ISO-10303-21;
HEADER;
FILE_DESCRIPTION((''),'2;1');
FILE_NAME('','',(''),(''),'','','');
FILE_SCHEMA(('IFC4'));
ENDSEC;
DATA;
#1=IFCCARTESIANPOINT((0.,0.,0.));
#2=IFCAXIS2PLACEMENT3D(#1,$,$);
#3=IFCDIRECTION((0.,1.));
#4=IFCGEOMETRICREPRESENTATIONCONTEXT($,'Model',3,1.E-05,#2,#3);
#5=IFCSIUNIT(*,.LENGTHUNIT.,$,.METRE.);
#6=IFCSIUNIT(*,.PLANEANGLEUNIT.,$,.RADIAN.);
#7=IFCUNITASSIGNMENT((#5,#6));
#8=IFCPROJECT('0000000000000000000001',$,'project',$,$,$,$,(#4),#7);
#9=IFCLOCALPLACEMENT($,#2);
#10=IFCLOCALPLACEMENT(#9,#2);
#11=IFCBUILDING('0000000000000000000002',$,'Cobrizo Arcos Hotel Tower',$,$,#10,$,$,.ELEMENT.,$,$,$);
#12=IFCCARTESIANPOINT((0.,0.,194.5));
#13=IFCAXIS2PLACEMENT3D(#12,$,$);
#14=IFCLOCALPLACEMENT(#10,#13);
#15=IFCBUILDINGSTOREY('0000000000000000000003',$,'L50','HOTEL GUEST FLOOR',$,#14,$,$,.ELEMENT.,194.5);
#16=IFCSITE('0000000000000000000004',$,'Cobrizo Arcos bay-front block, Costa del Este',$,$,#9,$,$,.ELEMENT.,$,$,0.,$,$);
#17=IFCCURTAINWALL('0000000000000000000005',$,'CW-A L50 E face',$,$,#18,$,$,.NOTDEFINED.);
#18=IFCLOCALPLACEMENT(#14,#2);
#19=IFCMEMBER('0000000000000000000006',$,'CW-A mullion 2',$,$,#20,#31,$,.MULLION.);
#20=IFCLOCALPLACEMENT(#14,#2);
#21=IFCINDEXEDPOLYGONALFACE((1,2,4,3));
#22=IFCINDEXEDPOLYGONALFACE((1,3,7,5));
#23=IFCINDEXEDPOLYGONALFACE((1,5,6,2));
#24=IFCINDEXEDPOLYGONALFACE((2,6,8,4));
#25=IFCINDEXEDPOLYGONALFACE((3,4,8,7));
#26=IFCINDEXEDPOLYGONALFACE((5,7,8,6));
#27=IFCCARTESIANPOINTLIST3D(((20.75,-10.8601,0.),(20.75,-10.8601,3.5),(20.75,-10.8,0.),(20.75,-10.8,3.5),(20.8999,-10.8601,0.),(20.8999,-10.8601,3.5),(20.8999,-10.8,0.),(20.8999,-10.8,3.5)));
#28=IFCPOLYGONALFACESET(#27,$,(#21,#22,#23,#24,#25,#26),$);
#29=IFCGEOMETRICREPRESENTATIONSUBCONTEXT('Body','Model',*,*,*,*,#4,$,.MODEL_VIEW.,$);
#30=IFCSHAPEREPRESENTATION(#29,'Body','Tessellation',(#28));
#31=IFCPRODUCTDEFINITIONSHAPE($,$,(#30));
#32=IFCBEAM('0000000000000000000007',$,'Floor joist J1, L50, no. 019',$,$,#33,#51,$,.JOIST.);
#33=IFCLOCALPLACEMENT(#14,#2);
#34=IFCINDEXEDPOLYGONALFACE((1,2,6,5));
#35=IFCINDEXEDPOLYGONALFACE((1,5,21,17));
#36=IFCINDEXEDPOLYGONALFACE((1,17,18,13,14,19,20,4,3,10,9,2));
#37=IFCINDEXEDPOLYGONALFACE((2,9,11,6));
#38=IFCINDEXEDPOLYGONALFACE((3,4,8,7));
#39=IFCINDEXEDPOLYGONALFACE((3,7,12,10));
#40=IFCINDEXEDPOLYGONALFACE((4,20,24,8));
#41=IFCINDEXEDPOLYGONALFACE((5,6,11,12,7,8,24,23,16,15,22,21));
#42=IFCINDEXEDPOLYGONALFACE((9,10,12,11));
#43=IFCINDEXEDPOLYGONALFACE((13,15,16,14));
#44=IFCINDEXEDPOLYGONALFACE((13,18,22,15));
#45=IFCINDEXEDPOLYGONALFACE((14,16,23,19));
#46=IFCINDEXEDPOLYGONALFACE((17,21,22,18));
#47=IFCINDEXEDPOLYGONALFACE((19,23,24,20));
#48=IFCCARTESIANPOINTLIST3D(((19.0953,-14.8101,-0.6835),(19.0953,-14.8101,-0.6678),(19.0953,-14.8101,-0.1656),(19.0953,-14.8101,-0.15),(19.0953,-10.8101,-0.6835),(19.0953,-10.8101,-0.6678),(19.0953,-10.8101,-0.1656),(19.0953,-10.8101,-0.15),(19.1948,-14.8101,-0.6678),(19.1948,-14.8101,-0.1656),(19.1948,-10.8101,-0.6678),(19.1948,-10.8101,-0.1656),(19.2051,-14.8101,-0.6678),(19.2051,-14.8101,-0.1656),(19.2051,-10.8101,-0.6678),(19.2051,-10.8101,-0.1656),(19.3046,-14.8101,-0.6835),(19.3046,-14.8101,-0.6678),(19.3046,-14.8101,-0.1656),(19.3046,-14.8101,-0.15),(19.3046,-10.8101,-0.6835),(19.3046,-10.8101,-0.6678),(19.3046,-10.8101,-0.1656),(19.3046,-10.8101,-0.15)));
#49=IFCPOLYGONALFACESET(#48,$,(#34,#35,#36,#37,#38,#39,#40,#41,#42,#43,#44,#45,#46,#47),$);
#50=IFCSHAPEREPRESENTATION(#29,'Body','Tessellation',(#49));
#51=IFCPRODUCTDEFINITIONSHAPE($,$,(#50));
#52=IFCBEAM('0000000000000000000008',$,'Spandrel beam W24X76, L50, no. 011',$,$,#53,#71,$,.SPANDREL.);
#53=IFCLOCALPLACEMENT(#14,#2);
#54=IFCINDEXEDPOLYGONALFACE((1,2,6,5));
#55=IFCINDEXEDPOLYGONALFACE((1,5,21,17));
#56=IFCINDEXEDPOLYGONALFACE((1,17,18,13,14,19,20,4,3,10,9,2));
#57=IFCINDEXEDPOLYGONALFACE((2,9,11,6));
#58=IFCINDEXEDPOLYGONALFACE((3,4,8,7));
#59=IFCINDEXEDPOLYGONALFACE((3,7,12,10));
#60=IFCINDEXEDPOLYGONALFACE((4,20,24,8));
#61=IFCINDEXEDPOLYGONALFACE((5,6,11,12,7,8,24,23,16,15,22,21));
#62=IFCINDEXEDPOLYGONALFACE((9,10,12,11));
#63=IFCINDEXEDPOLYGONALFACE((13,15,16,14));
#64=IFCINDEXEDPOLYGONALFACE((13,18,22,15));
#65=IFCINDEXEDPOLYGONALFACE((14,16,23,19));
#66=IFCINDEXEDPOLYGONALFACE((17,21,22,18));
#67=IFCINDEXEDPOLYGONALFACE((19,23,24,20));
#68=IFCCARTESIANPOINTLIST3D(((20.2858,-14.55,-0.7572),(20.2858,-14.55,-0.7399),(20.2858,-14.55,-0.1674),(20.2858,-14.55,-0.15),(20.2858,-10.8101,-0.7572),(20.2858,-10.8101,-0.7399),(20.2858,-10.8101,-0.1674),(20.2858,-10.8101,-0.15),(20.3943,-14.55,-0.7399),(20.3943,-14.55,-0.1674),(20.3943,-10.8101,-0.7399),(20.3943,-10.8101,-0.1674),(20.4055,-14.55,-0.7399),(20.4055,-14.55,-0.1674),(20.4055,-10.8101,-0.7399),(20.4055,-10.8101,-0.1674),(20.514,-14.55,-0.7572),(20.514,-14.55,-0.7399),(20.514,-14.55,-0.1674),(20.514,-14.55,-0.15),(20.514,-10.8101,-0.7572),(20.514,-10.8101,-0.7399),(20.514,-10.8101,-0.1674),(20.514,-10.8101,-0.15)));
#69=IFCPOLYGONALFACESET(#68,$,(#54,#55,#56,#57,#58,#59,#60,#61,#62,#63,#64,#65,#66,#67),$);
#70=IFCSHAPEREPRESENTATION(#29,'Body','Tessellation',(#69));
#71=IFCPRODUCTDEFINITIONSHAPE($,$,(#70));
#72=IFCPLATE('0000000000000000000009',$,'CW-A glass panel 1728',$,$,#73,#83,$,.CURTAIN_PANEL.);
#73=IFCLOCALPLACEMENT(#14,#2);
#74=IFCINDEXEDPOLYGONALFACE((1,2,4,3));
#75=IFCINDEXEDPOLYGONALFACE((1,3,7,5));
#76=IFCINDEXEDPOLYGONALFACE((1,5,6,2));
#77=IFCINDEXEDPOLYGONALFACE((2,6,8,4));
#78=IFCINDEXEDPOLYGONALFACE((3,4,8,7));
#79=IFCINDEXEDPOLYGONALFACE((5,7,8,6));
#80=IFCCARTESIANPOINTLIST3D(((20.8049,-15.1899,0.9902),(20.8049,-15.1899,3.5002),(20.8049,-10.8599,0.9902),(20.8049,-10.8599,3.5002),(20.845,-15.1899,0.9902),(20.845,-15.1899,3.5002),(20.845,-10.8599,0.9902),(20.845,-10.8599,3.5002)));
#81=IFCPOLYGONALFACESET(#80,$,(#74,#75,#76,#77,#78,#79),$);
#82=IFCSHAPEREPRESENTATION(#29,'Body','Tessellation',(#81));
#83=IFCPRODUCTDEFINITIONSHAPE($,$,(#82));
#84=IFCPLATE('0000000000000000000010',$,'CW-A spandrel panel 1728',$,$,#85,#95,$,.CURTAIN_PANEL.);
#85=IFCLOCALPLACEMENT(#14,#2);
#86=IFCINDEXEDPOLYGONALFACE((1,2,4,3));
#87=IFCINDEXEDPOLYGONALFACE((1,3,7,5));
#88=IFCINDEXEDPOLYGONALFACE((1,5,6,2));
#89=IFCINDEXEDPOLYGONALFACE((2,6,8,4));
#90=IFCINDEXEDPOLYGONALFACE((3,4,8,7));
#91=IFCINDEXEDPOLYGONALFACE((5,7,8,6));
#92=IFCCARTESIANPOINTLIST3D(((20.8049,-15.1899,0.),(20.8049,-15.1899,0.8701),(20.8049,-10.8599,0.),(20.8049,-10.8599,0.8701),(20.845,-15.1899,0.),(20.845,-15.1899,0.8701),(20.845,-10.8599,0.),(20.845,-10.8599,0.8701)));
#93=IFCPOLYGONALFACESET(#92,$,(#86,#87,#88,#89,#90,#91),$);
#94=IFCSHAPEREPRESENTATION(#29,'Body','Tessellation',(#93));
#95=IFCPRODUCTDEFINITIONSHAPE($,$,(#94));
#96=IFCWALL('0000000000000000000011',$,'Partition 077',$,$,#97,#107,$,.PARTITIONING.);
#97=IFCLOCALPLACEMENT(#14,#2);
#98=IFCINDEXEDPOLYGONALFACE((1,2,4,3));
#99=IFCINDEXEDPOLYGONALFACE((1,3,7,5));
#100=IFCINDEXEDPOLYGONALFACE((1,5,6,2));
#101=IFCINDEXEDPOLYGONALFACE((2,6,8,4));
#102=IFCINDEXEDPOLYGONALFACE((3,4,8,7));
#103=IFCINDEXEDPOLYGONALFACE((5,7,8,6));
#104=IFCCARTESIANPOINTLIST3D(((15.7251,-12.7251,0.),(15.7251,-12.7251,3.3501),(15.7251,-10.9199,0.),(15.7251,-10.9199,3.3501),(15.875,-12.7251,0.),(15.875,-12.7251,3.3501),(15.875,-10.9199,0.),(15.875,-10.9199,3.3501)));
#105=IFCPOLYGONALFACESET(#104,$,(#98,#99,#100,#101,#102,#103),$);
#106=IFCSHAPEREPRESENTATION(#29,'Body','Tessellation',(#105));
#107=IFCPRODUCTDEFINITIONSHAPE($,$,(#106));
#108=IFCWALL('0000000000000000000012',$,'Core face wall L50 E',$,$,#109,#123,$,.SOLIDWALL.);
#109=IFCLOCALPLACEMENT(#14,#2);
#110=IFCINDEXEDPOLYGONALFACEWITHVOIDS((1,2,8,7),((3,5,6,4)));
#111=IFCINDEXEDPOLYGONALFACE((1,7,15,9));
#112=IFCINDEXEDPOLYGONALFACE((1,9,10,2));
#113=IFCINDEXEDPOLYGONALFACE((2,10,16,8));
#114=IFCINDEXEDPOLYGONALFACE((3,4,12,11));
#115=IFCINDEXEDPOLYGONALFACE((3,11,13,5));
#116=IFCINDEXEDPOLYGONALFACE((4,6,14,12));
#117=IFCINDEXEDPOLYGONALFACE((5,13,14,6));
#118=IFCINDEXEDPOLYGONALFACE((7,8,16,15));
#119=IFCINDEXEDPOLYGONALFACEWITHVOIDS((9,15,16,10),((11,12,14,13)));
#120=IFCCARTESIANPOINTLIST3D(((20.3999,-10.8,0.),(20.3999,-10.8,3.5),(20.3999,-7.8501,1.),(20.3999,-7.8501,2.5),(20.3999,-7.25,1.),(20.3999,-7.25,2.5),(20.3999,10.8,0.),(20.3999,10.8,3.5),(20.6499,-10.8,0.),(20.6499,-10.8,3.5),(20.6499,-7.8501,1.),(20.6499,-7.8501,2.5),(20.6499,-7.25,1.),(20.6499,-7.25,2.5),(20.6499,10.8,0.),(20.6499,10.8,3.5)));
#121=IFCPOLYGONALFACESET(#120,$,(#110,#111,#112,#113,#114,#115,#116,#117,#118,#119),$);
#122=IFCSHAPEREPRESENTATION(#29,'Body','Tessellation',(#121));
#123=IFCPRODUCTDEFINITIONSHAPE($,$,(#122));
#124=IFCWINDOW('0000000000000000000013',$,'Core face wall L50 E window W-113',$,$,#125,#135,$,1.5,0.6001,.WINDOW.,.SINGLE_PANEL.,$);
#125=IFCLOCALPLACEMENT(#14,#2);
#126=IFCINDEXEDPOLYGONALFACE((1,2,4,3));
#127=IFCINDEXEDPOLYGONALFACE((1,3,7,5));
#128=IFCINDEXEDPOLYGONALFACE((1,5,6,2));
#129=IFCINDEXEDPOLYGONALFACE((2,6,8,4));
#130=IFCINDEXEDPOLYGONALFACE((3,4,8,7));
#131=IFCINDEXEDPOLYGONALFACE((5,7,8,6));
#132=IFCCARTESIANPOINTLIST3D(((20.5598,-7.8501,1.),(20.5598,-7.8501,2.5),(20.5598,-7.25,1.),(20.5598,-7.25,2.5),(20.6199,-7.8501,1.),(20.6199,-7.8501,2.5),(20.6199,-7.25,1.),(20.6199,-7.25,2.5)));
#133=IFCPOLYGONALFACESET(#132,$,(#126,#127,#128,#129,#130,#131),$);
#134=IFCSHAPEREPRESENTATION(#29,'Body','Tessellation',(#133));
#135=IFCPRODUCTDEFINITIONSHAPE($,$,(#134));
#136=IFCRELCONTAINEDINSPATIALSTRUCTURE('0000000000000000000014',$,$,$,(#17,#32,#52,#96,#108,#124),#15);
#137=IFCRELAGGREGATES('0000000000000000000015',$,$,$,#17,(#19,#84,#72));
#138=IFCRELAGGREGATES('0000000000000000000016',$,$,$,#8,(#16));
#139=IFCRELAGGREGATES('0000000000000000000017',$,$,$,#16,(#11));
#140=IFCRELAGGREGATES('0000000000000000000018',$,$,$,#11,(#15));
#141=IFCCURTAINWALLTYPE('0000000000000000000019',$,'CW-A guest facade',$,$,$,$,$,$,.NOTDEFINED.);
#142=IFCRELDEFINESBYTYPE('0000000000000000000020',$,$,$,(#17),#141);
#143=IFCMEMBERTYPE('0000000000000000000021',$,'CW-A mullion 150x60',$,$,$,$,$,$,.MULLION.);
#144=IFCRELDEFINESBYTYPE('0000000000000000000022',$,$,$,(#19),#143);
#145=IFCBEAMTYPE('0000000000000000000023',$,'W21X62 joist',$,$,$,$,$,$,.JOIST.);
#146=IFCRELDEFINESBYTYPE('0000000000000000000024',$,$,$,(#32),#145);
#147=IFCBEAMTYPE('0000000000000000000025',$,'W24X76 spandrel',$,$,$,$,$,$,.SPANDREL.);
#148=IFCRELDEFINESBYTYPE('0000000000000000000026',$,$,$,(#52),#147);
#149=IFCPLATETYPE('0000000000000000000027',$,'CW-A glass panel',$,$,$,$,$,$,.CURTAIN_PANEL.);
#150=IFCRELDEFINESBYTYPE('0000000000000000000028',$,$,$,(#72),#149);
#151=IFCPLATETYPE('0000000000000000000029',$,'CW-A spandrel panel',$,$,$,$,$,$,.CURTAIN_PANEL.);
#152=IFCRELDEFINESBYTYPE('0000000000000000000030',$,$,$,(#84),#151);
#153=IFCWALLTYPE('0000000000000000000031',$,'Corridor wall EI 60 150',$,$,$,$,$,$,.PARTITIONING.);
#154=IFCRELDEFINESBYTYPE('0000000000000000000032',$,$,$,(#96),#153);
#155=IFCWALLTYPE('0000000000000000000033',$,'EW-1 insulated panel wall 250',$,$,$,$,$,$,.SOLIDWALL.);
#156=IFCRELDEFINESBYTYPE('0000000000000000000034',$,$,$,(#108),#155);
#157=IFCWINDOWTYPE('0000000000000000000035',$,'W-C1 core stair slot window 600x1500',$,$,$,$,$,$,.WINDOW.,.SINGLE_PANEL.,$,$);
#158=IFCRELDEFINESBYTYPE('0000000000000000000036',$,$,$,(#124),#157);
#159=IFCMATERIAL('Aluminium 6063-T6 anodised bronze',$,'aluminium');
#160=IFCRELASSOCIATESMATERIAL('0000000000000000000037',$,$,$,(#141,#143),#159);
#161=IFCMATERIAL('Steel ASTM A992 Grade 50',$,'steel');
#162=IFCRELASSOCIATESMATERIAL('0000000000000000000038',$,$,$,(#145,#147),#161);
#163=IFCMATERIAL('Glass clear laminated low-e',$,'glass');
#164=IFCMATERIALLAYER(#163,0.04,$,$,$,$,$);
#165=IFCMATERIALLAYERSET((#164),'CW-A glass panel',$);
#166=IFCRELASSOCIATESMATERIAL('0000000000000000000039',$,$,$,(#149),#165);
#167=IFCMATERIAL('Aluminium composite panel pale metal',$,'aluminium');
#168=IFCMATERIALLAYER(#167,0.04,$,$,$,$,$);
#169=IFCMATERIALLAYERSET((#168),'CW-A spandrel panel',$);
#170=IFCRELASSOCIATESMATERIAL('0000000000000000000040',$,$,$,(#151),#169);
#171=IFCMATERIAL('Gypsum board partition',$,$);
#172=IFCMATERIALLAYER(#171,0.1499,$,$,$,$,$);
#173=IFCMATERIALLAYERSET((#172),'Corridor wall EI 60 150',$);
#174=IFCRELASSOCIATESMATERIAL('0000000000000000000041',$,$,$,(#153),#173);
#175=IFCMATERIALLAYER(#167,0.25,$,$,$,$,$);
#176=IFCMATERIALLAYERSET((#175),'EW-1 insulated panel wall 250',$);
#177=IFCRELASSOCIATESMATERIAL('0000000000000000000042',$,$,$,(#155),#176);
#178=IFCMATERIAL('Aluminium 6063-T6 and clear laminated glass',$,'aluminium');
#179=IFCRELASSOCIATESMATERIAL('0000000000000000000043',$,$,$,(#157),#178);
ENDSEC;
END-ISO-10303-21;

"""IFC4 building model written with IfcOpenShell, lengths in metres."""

from ifc_helpers import new_model, si_unit, direction, frame, frame_2d, origin, origin_2d, place, context, subcontext, project, spatial, rectangle, i_section, extrude, material, layer, layer_set, material_profile, profile_set, type_object, element, fill, aggregate, save


model = new_model("IFC4")

# Units and contexts
model_context = context("Model", 3, precision=1e-05, world=origin(), true_north=direction((0.0, 1.0)))
body_context = subcontext(model_context, "Body", "Model", "MODEL_VIEW")
ifc_project = project(units=[si_unit("LENGTHUNIT", "METRE"), si_unit("PLANEANGLEUNIT", "RADIAN")], contexts=[model_context])

# Site, building, storey
site_placement = place(None, origin())
site = spatial("IfcSite", under=ifc_project, at=site_placement, Name="Cobrizo Arcos bay-front block, Costa del Este", CompositionType="ELEMENT", RefElevation=0.0)
building_placement = place(site_placement, origin())
building = spatial("IfcBuilding", under=site, at=building_placement, Name="Cobrizo Arcos Hotel Tower", CompositionType="ELEMENT")
storey_placement = place(building_placement, frame((0.0, 0.0, 194.5)))
storey = spatial("IfcBuildingStorey", under=building, at=storey_placement, Name="L50", Description="HOTEL GUEST FLOOR", CompositionType="ELEMENT", Elevation=194.5)

# Curtain wall, member
ifc_material_1 = material(Name="Aluminium 6063-T6 anodised bronze", Category="aluminium")
curtain_wall_type = type_object("IfcCurtainWallType", Name="CW-A guest facade", PredefinedType="NOTDEFINED", material=ifc_material_1)
curtain_wall_placement = place(storey_placement, origin())
curtain_wall = element("IfcCurtainWall", 1, at=curtain_wall_placement, inside=storey, type_object=curtain_wall_type, Name="CW-A L50 E face", PredefinedType="NOTDEFINED")
ifc_material_profile_1 = material_profile(ifc_material_1, rectangle(XDim=0.1499, YDim=0.0601, at=origin_2d()), Name="CW-A mullion 150x60")
ifc_profile_set_1 = profile_set([ifc_material_profile_1], Name="Aluminium 6063-T6 anodised bronze")
member_type = type_object("IfcMemberType", Name="CW-A mullion 150x60", PredefinedType="MULLION", material=ifc_profile_set_1)
member_placement = place(storey_placement, frame((20.825, -10.8301, 0.0), z_axis=(0.0, 0.0, 1.0), x_axis=(1.0, 0.0, 0.0)))
member = element("IfcMember", 2, at=member_placement, type_object=member_type, Name="CW-A mullion 2", PredefinedType="MULLION", context=body_context, shape_type="SweptSolid", body=[
    extrude(rectangle(XDim=0.1499, YDim=0.0601, at=origin_2d()), origin(), (0.0, 0.0, 1.0), 3.5),
])

# Beams
ifc_material_2 = material(Name="Steel ASTM A992 Grade 50", Category="steel")
ifc_material_profile_2 = material_profile(ifc_material_2, i_section(OverallWidth=0.2092, OverallDepth=0.5334, WebThickness=0.0103, FlangeThickness=0.0156, at=origin_2d()), Name="W21X62")
ifc_profile_set_2 = profile_set([ifc_material_profile_2], Name="Steel ASTM A992 Grade 50")
beam_type_1 = type_object("IfcBeamType", Name="W21X62 joist", PredefinedType="JOIST", material=ifc_profile_set_2)
beam_1_placement = place(storey_placement, frame((19.2, -14.8101, -0.4167), z_axis=(0.0, 1.0, 0.0), x_axis=(-1.0, 0.0, 0.0)))
element("IfcBeam", 3, at=beam_1_placement, inside=storey, type_object=beam_type_1, Name="Floor joist J1, L50, no. 019", PredefinedType="JOIST", context=body_context, shape_type="SweptSolid", body=[
    extrude(i_section(OverallWidth=0.2092, OverallDepth=0.5334, WebThickness=0.0103, FlangeThickness=0.0156, at=origin_2d()), origin(), (0.0, 0.0, 1.0), 4.0),
])
ifc_material_profile_3 = material_profile(ifc_material_2, i_section(OverallWidth=0.2283, OverallDepth=0.6072, WebThickness=0.0112, FlangeThickness=0.0173, at=origin_2d()), Name="W24X76")
ifc_profile_set_3 = profile_set([ifc_material_profile_3], Name="Steel ASTM A992 Grade 50")
beam_type_2 = type_object("IfcBeamType", Name="W24X76 spandrel", PredefinedType="SPANDREL", material=ifc_profile_set_3)
beam_2_placement = place(storey_placement, frame((20.3999, -14.55, -0.4536), z_axis=(0.0, 1.0, 0.0), x_axis=(-1.0, 0.0, 0.0)))
element("IfcBeam", 4, at=beam_2_placement, inside=storey, type_object=beam_type_2, Name="Spandrel beam W24X76, L50, no. 011", PredefinedType="SPANDREL", context=body_context, shape_type="SweptSolid", body=[
    extrude(i_section(OverallWidth=0.2283, OverallDepth=0.6072, WebThickness=0.0112, FlangeThickness=0.0173, at=origin_2d()), origin(), (0.0, 0.0, 1.0), 3.74),
])

# Plates
ifc_material_3 = material(Name="Glass clear laminated low-e", Category="glass")
ifc_layer_1 = layer(ifc_material_3, 0.04)
ifc_layer_set_1 = layer_set([ifc_layer_1], Name="CW-A glass panel")
plate_type_1 = type_object("IfcPlateType", Name="CW-A glass panel", PredefinedType="CURTAIN_PANEL", material=ifc_layer_set_1)
plate_1_placement = place(storey_placement, frame((20.825, -13.0249, 0.9902), z_axis=(0.0, 0.0, 1.0), x_axis=(0.0, 1.0, 0.0)))
plate_1 = element("IfcPlate", 5, at=plate_1_placement, type_object=plate_type_1, Name="CW-A glass panel 1728", PredefinedType="CURTAIN_PANEL", context=body_context, shape_type="SweptSolid", body=[
    extrude(rectangle(XDim=4.3301, YDim=0.04, at=origin_2d()), origin(), (0.0, 0.0, 1.0), 2.51),
])
ifc_material_4 = material(Name="Aluminium composite panel pale metal", Category="aluminium")
ifc_layer_2 = layer(ifc_material_4, 0.04)
ifc_layer_set_2 = layer_set([ifc_layer_2], Name="CW-A spandrel panel")
plate_type_2 = type_object("IfcPlateType", Name="CW-A spandrel panel", PredefinedType="CURTAIN_PANEL", material=ifc_layer_set_2)
plate_2_placement = place(storey_placement, frame((20.825, -13.0249, 0.0), z_axis=(0.0, 0.0, 1.0), x_axis=(0.0, 1.0, 0.0)))
plate_2 = element("IfcPlate", 6, at=plate_2_placement, type_object=plate_type_2, Name="CW-A spandrel panel 1728", PredefinedType="CURTAIN_PANEL", context=body_context, shape_type="SweptSolid", body=[
    extrude(rectangle(XDim=4.3301, YDim=0.04, at=origin_2d()), origin(), (0.0, 0.0, 1.0), 0.8701),
])
aggregate(curtain_wall, [member, plate_2, plate_1])

# Wall
ifc_material_5 = material(Name="Gypsum board partition")
ifc_layer_3 = layer(ifc_material_5, 0.1499)
ifc_layer_set_3 = layer_set([ifc_layer_3], Name="Corridor wall EI 60 150")
wall_type_1 = type_object("IfcWallType", Name="Corridor wall EI 60 150", PredefinedType="PARTITIONING", material=ifc_layer_set_3)
wall_1_placement = place(storey_placement, frame((15.8, -12.7251, 0.0), z_axis=(0.0, 0.0, 1.0), x_axis=(0.0, 1.0, 0.0)))
element("IfcWall", 7, at=wall_1_placement, inside=storey, type_object=wall_type_1, Name="Partition 077", PredefinedType="PARTITIONING", context=body_context, shape_type="SweptSolid", body=[
    extrude(rectangle(XDim=1.8052, YDim=0.1499, at=frame_2d((0.9026, 0.0))), origin(), (0.0, 0.0, 1.0), 3.3501),
])

# Wall, opening, window
ifc_layer_4 = layer(ifc_material_4, 0.25)
ifc_layer_set_4 = layer_set([ifc_layer_4], Name="EW-1 insulated panel wall 250")
wall_type_2 = type_object("IfcWallType", Name="EW-1 insulated panel wall 250", PredefinedType="SOLIDWALL", material=ifc_layer_set_4)
wall_2_placement = place(storey_placement, frame((20.5249, -10.8, 0.0), z_axis=(0.0, 0.0, 1.0), x_axis=(0.0, 1.0, 0.0)))
wall_2 = element("IfcWall", 8, at=wall_2_placement, inside=storey, type_object=wall_type_2, Name="Core face wall L50 E", PredefinedType="SOLIDWALL", context=body_context, shape_type="SweptSolid", body=[
    extrude(rectangle(XDim=21.6001, YDim=0.25, at=frame_2d((10.8, 0.0))), origin(), (0.0, 0.0, 1.0), 3.5),
])
opening_1_placement = place(wall_2_placement, frame((2.95, 0.0, 1.0)))
opening_1 = element("IfcOpeningElement", 9, at=opening_1_placement, cuts=wall_2, PredefinedType="OPENING", context=body_context, shape_type="SweptSolid", body=[
    extrude(rectangle(XDim=0.6001, YDim=1.5, at=frame_2d((0.3, 0.75))), frame((0.0, 0.137, 0.0), z_axis=(0.0, -1.0, 0.0), x_axis=(1.0, 0.0, 0.0)), (0.0, 0.0, 1.0), 0.2739),
])
ifc_material_6 = material(Name="Aluminium 6063-T6 and clear laminated glass", Category="aluminium")
window_type = type_object("IfcWindowType", Name="W-C1 core stair slot window 600x1500", PartitioningType="SINGLE_PANEL", PredefinedType="WINDOW", material=ifc_material_6)
window_placement = place(opening_1_placement, origin())
window = element("IfcWindow", 10, at=window_placement, inside=storey, type_object=window_type, Name="Core face wall L50 E window W-113", OverallHeight=1.5, OverallWidth=0.6001, PartitioningType="SINGLE_PANEL", PredefinedType="WINDOW", context=body_context, shape_type="SweptSolid", body=[
    extrude(rectangle(XDim=0.6001, YDim=1.5, at=frame_2d((0.3, 0.75))), frame((0.0, -0.0349, 0.0), z_axis=(0.0, -1.0, 0.0), x_axis=(1.0, 0.0, 0.0)), (0.0, 0.0, 1.0), 0.0601),
])
fill(opening_1, window)

save(model, "model.ifc")
